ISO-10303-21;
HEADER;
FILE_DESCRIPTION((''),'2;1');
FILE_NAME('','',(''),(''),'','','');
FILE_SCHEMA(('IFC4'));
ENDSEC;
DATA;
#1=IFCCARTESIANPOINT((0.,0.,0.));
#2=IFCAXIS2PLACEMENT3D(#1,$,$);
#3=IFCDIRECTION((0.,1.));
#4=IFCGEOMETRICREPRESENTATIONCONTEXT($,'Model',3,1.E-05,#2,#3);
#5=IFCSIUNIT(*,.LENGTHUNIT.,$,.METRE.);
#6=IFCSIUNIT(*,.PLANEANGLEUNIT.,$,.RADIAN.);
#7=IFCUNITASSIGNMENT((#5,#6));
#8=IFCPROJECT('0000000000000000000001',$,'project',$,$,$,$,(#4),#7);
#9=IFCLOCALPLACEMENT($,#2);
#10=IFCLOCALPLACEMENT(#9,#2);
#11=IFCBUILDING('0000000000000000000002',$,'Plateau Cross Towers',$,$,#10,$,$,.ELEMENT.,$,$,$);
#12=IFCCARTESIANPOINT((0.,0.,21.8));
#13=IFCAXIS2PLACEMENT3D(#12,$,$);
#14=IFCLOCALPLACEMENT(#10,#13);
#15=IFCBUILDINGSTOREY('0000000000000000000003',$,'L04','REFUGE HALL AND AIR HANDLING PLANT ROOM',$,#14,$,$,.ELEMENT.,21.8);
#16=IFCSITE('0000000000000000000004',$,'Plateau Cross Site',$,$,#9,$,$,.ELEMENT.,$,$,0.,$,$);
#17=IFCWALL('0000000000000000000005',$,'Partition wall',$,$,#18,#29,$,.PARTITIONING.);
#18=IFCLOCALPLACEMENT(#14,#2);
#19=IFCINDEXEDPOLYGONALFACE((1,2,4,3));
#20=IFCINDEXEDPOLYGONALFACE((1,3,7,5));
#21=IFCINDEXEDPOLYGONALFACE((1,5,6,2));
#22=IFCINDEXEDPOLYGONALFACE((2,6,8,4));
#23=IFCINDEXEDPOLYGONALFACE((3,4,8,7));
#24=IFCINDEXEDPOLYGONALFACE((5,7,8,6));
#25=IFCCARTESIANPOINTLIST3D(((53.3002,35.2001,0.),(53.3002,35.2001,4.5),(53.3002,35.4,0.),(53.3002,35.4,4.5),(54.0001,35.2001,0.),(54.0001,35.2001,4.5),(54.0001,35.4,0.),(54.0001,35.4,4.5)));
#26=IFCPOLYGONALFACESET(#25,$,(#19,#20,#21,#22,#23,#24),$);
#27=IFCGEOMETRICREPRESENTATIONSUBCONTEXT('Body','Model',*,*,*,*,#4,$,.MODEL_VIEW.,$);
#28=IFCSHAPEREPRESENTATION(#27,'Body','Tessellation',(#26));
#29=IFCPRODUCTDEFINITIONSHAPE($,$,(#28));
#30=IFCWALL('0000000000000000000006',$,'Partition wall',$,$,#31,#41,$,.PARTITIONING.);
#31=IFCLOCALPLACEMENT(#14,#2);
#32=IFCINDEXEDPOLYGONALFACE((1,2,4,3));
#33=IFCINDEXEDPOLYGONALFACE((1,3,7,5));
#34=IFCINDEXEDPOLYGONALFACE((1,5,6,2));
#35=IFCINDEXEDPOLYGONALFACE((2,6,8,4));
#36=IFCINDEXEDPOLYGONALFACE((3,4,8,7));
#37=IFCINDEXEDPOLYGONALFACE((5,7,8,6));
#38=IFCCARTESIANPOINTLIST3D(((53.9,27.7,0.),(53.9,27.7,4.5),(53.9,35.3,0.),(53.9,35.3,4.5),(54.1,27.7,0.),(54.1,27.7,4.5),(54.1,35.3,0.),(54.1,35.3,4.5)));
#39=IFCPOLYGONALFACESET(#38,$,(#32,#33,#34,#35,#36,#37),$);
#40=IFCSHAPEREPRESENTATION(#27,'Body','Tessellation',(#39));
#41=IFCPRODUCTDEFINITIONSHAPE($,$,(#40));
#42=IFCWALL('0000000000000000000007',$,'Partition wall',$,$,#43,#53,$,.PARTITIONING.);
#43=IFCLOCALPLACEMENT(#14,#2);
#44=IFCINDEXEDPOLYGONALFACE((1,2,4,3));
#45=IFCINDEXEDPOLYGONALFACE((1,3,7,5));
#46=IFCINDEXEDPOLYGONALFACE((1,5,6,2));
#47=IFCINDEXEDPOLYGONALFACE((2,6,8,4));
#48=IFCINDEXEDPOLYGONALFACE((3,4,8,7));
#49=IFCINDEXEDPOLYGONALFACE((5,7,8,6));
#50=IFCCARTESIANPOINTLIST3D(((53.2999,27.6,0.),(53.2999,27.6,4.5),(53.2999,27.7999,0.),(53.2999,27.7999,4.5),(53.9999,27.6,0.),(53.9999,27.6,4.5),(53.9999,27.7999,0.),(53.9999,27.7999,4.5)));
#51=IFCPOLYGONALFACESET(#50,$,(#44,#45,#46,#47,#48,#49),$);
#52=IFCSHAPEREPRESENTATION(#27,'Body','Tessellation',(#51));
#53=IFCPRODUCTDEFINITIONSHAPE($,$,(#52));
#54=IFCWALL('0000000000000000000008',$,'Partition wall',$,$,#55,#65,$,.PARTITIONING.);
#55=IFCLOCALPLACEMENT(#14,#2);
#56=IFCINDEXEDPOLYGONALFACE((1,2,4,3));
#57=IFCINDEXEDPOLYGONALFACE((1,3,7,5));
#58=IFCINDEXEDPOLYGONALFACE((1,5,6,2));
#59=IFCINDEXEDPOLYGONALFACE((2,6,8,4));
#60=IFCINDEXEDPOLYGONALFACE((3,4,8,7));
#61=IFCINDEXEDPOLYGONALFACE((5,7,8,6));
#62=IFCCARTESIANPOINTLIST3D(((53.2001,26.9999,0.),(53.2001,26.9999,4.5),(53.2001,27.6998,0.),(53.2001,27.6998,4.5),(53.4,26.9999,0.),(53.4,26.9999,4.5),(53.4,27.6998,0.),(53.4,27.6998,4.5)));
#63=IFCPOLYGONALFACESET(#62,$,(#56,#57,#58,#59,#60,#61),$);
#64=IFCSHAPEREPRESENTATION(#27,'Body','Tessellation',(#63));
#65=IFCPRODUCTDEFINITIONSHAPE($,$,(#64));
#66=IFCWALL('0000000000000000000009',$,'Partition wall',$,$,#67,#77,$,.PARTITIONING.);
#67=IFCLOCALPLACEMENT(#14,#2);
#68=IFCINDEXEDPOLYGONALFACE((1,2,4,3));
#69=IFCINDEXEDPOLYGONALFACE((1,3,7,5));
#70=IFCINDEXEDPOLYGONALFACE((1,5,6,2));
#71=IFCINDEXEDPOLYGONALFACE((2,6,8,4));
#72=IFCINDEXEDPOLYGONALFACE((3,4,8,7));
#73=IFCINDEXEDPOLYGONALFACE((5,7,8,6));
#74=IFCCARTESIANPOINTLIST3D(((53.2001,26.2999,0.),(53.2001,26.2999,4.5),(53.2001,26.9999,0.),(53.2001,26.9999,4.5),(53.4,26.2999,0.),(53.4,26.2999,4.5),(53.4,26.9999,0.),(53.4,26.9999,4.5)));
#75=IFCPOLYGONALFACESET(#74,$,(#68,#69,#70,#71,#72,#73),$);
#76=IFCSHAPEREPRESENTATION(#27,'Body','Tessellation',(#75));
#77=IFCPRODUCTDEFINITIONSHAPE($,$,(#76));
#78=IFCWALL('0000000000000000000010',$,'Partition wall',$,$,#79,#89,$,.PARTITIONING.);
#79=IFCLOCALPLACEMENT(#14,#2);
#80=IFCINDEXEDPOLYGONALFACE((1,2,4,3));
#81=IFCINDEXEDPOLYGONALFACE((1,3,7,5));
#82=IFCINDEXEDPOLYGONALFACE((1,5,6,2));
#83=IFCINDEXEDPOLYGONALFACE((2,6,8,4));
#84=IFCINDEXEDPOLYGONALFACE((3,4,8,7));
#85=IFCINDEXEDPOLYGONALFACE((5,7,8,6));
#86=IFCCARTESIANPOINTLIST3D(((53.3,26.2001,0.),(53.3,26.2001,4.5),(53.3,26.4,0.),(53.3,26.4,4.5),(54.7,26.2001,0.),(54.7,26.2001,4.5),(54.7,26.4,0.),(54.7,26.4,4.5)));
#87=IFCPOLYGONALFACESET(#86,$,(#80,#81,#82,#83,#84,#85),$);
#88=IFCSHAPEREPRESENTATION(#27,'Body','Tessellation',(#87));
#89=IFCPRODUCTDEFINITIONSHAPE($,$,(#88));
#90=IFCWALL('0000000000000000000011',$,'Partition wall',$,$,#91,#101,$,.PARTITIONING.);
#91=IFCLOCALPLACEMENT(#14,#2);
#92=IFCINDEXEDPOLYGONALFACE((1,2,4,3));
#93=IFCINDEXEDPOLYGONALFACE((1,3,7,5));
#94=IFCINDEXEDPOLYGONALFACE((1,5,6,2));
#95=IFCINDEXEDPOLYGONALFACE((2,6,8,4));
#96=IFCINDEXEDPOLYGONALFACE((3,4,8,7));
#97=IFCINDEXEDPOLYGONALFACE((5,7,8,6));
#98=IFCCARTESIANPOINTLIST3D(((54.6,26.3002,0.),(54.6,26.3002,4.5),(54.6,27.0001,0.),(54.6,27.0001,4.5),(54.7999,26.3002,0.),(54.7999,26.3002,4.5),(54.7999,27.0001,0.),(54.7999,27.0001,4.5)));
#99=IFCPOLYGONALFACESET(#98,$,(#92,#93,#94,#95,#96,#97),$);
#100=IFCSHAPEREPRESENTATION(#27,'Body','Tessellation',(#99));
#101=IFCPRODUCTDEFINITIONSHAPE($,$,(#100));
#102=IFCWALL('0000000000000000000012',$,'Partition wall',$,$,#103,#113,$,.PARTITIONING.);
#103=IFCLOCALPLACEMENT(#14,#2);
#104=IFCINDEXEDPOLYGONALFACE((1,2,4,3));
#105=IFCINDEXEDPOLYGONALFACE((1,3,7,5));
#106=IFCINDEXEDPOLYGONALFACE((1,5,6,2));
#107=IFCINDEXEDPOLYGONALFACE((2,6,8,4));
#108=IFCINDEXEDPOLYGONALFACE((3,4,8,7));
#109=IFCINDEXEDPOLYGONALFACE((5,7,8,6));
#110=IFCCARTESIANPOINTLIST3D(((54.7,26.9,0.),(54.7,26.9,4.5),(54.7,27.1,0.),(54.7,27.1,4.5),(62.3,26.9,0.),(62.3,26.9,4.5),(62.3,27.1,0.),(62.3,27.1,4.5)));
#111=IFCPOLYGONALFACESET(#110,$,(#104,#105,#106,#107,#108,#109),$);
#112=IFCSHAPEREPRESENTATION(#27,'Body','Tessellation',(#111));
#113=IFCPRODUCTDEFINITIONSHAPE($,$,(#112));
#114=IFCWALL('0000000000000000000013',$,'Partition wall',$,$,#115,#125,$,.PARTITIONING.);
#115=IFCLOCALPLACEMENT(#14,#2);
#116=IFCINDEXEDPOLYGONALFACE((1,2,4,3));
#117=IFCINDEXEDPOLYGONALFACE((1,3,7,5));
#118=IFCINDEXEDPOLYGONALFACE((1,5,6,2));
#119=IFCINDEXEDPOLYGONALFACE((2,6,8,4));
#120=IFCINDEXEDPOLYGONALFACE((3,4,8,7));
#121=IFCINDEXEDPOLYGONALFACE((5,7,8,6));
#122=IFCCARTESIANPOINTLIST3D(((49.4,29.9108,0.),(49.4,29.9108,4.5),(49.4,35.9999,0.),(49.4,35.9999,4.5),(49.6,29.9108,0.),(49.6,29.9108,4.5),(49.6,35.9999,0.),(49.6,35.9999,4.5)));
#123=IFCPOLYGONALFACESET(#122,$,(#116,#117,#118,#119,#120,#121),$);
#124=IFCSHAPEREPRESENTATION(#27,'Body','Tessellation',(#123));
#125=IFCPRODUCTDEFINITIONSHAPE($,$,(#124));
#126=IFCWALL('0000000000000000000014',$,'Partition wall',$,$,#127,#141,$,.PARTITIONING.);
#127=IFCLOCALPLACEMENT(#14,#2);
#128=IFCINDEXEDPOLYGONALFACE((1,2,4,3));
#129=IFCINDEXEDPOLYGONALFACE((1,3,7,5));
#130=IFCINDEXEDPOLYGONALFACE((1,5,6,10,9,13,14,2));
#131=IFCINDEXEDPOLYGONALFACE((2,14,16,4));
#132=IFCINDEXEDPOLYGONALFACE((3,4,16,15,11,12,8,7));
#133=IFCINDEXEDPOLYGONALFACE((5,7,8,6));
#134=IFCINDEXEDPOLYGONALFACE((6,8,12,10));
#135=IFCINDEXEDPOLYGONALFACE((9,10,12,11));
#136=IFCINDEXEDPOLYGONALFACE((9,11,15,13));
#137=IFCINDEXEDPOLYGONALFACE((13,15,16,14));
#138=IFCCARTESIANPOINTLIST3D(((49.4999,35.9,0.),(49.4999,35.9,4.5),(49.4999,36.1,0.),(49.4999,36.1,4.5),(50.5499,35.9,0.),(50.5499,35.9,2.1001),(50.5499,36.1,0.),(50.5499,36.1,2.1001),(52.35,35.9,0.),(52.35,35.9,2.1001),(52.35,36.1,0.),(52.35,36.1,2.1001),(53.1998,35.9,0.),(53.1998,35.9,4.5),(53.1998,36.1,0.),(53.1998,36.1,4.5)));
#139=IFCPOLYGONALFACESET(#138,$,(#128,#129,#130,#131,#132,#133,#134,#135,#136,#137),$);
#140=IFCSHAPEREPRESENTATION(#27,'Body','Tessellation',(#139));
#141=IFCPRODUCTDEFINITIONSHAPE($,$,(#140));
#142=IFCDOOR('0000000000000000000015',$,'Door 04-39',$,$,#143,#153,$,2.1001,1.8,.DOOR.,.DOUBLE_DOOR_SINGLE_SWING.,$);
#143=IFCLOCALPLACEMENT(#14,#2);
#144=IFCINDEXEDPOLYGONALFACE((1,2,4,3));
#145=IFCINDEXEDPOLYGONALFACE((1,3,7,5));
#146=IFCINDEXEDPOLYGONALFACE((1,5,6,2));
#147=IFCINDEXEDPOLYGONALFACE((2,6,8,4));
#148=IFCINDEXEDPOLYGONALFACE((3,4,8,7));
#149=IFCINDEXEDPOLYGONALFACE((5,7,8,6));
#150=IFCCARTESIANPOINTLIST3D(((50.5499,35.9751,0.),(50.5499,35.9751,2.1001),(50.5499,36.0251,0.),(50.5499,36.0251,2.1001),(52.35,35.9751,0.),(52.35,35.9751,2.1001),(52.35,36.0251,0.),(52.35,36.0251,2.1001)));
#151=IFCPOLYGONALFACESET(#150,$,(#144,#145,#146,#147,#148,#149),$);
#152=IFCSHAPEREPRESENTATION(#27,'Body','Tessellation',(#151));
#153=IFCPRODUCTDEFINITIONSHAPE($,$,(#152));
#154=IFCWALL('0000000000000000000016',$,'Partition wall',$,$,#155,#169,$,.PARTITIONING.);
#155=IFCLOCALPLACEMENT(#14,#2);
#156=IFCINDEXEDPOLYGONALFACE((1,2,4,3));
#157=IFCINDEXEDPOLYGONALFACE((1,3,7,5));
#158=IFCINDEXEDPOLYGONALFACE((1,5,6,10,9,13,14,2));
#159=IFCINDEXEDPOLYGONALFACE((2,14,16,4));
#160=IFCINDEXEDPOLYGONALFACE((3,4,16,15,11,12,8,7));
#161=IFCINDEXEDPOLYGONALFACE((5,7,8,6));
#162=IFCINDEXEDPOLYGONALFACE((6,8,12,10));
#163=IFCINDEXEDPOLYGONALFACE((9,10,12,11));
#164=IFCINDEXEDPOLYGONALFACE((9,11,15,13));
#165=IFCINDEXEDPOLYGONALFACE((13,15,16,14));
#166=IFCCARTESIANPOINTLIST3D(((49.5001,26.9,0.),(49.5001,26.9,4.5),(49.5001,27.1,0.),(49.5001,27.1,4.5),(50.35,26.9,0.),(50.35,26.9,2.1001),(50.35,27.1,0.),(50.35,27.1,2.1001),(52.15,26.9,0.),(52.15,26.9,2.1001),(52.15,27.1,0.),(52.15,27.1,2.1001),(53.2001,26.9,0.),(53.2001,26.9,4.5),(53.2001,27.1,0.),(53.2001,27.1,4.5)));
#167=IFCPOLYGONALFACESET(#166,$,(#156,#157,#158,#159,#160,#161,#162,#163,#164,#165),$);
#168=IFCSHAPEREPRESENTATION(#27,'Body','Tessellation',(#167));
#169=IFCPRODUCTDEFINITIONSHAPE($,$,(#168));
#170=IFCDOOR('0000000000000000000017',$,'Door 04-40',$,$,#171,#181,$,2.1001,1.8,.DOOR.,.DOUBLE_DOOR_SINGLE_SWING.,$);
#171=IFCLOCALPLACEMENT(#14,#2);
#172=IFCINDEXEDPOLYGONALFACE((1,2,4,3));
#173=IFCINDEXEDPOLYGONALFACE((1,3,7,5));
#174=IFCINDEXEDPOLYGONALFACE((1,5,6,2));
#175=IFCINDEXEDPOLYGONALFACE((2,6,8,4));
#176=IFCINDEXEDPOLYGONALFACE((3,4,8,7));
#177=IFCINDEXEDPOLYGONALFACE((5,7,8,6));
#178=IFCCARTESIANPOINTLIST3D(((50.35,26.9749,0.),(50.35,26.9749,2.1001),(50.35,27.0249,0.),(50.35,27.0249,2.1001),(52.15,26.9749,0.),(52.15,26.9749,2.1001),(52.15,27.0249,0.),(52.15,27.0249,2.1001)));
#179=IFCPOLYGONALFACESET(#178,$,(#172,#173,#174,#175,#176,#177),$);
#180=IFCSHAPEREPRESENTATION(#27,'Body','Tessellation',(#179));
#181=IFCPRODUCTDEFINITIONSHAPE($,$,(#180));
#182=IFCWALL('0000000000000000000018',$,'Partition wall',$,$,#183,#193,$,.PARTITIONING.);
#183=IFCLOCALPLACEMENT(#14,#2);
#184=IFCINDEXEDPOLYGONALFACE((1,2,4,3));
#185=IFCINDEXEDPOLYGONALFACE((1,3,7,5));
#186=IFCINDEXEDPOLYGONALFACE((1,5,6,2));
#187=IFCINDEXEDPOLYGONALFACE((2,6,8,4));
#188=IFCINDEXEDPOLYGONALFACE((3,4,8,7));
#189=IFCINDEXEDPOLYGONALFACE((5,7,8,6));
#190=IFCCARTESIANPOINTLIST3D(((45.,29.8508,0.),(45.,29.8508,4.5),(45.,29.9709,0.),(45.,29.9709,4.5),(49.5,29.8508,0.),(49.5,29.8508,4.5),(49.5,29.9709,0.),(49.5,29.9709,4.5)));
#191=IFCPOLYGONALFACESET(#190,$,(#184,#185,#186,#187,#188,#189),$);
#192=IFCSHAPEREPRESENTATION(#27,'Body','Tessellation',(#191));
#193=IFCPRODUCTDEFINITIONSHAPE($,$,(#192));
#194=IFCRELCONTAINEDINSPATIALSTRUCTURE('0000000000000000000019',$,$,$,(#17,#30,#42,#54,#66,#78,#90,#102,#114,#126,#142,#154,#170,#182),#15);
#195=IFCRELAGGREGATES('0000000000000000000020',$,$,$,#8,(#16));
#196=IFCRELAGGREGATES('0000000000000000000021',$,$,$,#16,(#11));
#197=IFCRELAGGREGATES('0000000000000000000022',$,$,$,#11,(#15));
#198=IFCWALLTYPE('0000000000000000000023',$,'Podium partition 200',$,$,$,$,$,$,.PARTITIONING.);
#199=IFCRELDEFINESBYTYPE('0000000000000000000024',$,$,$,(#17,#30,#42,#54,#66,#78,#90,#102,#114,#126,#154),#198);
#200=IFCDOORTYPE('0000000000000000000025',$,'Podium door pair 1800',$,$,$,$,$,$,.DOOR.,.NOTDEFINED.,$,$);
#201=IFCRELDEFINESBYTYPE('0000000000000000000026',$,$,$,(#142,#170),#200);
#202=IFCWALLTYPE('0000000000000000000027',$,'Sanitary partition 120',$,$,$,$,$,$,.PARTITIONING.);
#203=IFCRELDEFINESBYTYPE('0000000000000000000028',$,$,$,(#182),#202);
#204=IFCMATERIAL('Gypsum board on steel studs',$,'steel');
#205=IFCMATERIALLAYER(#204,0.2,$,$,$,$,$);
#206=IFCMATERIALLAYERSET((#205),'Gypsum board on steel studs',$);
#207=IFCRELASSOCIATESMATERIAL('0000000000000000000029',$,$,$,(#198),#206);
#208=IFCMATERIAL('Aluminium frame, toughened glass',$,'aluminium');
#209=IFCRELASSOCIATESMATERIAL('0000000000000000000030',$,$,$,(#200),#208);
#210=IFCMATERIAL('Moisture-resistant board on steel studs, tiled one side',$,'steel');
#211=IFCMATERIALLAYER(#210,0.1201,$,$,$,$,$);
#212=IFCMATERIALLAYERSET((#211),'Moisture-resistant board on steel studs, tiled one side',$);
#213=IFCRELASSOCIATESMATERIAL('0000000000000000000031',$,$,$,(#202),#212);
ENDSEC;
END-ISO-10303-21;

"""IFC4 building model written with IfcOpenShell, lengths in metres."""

from ifc_helpers import new_model, si_unit, direction, frame, frame_2d, origin, place, context, subcontext, project, spatial, rectangle, extrude, material, layer, layer_set, type_object, element, fill, save


model = new_model("IFC4")

# Units and contexts
model_context = context("Model", 3, precision=1e-05, world=origin(), true_north=direction((0.0, 1.0)))
body_context = subcontext(model_context, "Body", "Model", "MODEL_VIEW")
ifc_project = project(units=[si_unit("LENGTHUNIT", "METRE"), si_unit("PLANEANGLEUNIT", "RADIAN")], contexts=[model_context])

# Site, building, storey
site_placement = place(None, origin())
site = spatial("IfcSite", under=ifc_project, at=site_placement, Name="Plateau Cross Site", CompositionType="ELEMENT", RefElevation=0.0)
building_placement = place(site_placement, origin())
building = spatial("IfcBuilding", under=site, at=building_placement, Name="Plateau Cross Towers", CompositionType="ELEMENT")
storey_placement = place(building_placement, frame((0.0, 0.0, 21.8)))
storey = spatial("IfcBuildingStorey", under=building, at=storey_placement, Name="L04", Description="REFUGE HALL AND AIR HANDLING PLANT ROOM", CompositionType="ELEMENT", Elevation=21.8)

# Walls
ifc_material_1 = material(Name="Gypsum board on steel studs", Category="steel")
ifc_layer_1 = layer(ifc_material_1, 0.2)
ifc_layer_set_1 = layer_set([ifc_layer_1], Name="Gypsum board on steel studs")
wall_type_1 = type_object("IfcWallType", Name="Podium partition 200", PredefinedType="PARTITIONING", material=ifc_layer_set_1)
for number, where, z_axis, x_axis, name in (
    (1, (53.3, 35.3, 0.0), (0.0, 0.0, 1.0), (1.0, 0.0, 0.0), "Partition wall"),
):
    element("IfcWall", number, at=place(storey_placement, frame(where, z_axis=z_axis, x_axis=x_axis)), inside=storey, type_object=wall_type_1, Name=name, PredefinedType="PARTITIONING", context=body_context, shape_type="SweptSolid", body=[
        extrude(rectangle(XDim=0.7, YDim=0.2, at=frame_2d((0.3501, 0.0))), origin(), (0.0, 0.0, 1.0), 4.5),
    ])
wall_1_placement = place(storey_placement, frame((54.0, 35.3, 0.0), z_axis=(0.0, 0.0, 1.0), x_axis=(0.0, -1.0, 0.0)))
element("IfcWall", 2, at=wall_1_placement, inside=storey, type_object=wall_type_1, Name="Partition wall", PredefinedType="PARTITIONING", context=body_context, shape_type="SweptSolid", body=[
    extrude(rectangle(XDim=7.6001, YDim=0.2, at=frame_2d((3.8, 0.0))), origin(), (0.0, 0.0, 1.0), 4.5),
])
for number, where, z_axis, x_axis, name in (
    (3, (54.0, 27.7, 0.0), (0.0, 0.0, 1.0), (-1.0, 0.0, 0.0), "Partition wall"),
    (4, (53.3, 27.7, 0.0), (0.0, 0.0, 1.0), (0.0, -1.0, 0.0), "Partition wall"),
    (5, (53.3, 27.0, 0.0), (0.0, 0.0, 1.0), (0.0, -1.0, 0.0), "Partition wall"),
):
    element("IfcWall", number, at=place(storey_placement, frame(where, z_axis=z_axis, x_axis=x_axis)), inside=storey, type_object=wall_type_1, Name=name, PredefinedType="PARTITIONING", context=body_context, shape_type="SweptSolid", body=[
        extrude(rectangle(XDim=0.7, YDim=0.2, at=frame_2d((0.3501, 0.0))), origin(), (0.0, 0.0, 1.0), 4.5),
    ])
wall_2_placement = place(storey_placement, frame((53.3, 26.3, 0.0), z_axis=(0.0, 0.0, 1.0), x_axis=(1.0, 0.0, 0.0)))
element("IfcWall", 6, at=wall_2_placement, inside=storey, type_object=wall_type_1, Name="Partition wall", PredefinedType="PARTITIONING", context=body_context, shape_type="SweptSolid", body=[
    extrude(rectangle(XDim=1.3999, YDim=0.2, at=frame_2d((0.7, 0.0))), origin(), (0.0, 0.0, 1.0), 4.5),
])
wall_3_placement = place(storey_placement, frame((54.7, 26.3, 0.0), z_axis=(0.0, 0.0, 1.0), x_axis=(0.0, 1.0, 0.0)))
element("IfcWall", 7, at=wall_3_placement, inside=storey, type_object=wall_type_1, Name="Partition wall", PredefinedType="PARTITIONING", context=body_context, shape_type="SweptSolid", body=[
    extrude(rectangle(XDim=0.7, YDim=0.2, at=frame_2d((0.3501, 0.0))), origin(), (0.0, 0.0, 1.0), 4.5),
])
wall_4_placement = place(storey_placement, frame((54.7, 27.0, 0.0), z_axis=(0.0, 0.0, 1.0), x_axis=(1.0, 0.0, 0.0)))
element("IfcWall", 8, at=wall_4_placement, inside=storey, type_object=wall_type_1, Name="Partition wall", PredefinedType="PARTITIONING", context=body_context, shape_type="SweptSolid", body=[
    extrude(rectangle(XDim=7.6001, YDim=0.2, at=frame_2d((3.8, 0.0))), origin(), (0.0, 0.0, 1.0), 4.5),
])
wall_5_placement = place(storey_placement, frame((49.5, 29.9109, 0.0), z_axis=(0.0, 0.0, 1.0), x_axis=(0.0, 1.0, 0.0)))
element("IfcWall", 9, at=wall_5_placement, inside=storey, type_object=wall_type_1, Name="Partition wall", PredefinedType="PARTITIONING", context=body_context, shape_type="SweptSolid", body=[
    extrude(rectangle(XDim=6.0891, YDim=0.2, at=frame_2d((3.0444, 0.0))), origin(), (0.0, 0.0, 1.0), 4.5),
])

# Walls, openings, doors
wall_6_placement = place(storey_placement, frame((53.2, 36.0, 0.0), z_axis=(0.0, 0.0, 1.0), x_axis=(-1.0, 0.0, 0.0)))
wall_6 = element("IfcWall", 10, at=wall_6_placement, inside=storey, type_object=wall_type_1, Name="Partition wall", PredefinedType="PARTITIONING", context=body_context, shape_type="SweptSolid", body=[
    extrude(rectangle(XDim=3.7, YDim=0.2, at=frame_2d((1.8501, 0.0))), origin(), (0.0, 0.0, 1.0), 4.5),
])
opening_1_placement = place(wall_6_placement, frame((0.8501, 0.0, 0.0)))
opening_1 = element("IfcOpeningElement", 11, at=opening_1_placement, cuts=wall_6, PredefinedType="OPENING", context=body_context, shape_type="SweptSolid", body=[
    extrude(rectangle(XDim=1.8, YDim=2.1001, at=frame_2d((0.8999, 1.05))), frame((0.0, 0.1099, 0.0), z_axis=(0.0, -1.0, 0.0), x_axis=(1.0, 0.0, 0.0)), (0.0, 0.0, 1.0), 0.22),
])
ifc_material_2 = material(Name="Aluminium frame, toughened glass", Category="aluminium")
door_type_1 = type_object("IfcDoorType", Name="Podium door pair 1800", OperationType="NOTDEFINED", PredefinedType="DOOR", material=ifc_material_2)
door_1_placement = place(opening_1_placement, origin())
door_1 = element("IfcDoor", 12, at=door_1_placement, inside=storey, type_object=door_type_1, Name="Door 04-39", OperationType="DOUBLE_DOOR_SINGLE_SWING", OverallHeight=2.1001, OverallWidth=1.8, PredefinedType="DOOR", context=body_context, shape_type="SweptSolid", body=[
    extrude(rectangle(XDim=1.8, YDim=2.1001, at=frame_2d((0.8999, 1.05))), frame((0.0, 0.0249, 0.0), z_axis=(0.0, -1.0, 0.0), x_axis=(1.0, 0.0, 0.0)), (0.0, 0.0, 1.0), 0.05),
])
fill(opening_1, door_1)
wall_7_placement = place(storey_placement, frame((49.5, 27.0, 0.0), z_axis=(0.0, 0.0, 1.0), x_axis=(1.0, 0.0, 0.0)))
wall_7 = element("IfcWall", 13, at=wall_7_placement, inside=storey, type_object=wall_type_1, Name="Partition wall", PredefinedType="PARTITIONING", context=body_context, shape_type="SweptSolid", body=[
    extrude(rectangle(XDim=3.7, YDim=0.2, at=frame_2d((1.8501, 0.0))), origin(), (0.0, 0.0, 1.0), 4.5),
])
opening_2_placement = place(wall_7_placement, frame((0.8501, 0.0, 0.0)))
opening_2 = element("IfcOpeningElement", 14, at=opening_2_placement, cuts=wall_7, PredefinedType="OPENING", context=body_context, shape_type="SweptSolid", body=[
    extrude(rectangle(XDim=1.8, YDim=2.1001, at=frame_2d((0.8999, 1.05))), frame((0.0, 0.1099, 0.0), z_axis=(0.0, -1.0, 0.0), x_axis=(1.0, 0.0, 0.0)), (0.0, 0.0, 1.0), 0.22),
])
door_2_placement = place(opening_2_placement, origin())
door_2 = element("IfcDoor", 15, at=door_2_placement, inside=storey, type_object=door_type_1, Name="Door 04-40", OperationType="DOUBLE_DOOR_SINGLE_SWING", OverallHeight=2.1001, OverallWidth=1.8, PredefinedType="DOOR", context=body_context, shape_type="SweptSolid", body=[
    extrude(rectangle(XDim=1.8, YDim=2.1001, at=frame_2d((0.8999, 1.05))), frame((0.0, 0.0249, 0.0), z_axis=(0.0, -1.0, 0.0), x_axis=(1.0, 0.0, 0.0)), (0.0, 0.0, 1.0), 0.05),
])
fill(opening_2, door_2)

# Wall
ifc_material_3 = material(Name="Moisture-resistant board on steel studs, tiled one side", Category="steel")
ifc_layer_2 = layer(ifc_material_3, 0.1201)
ifc_layer_set_2 = layer_set([ifc_layer_2], Name="Moisture-resistant board on steel studs, tiled one side")
wall_type_2 = type_object("IfcWallType", Name="Sanitary partition 120", PredefinedType="PARTITIONING", material=ifc_layer_set_2)
wall_8_placement = place(storey_placement, frame((49.5, 29.9109, 0.0), z_axis=(0.0, 0.0, 1.0), x_axis=(-1.0, 0.0, 0.0)))
element("IfcWall", 16, at=wall_8_placement, inside=storey, type_object=wall_type_2, Name="Partition wall", PredefinedType="PARTITIONING", context=body_context, shape_type="SweptSolid", body=[
    extrude(rectangle(XDim=4.5, YDim=0.1201, at=frame_2d((2.25, 0.0))), origin(), (0.0, 0.0, 1.0), 4.5),
])

save(model, "model.ifc")
